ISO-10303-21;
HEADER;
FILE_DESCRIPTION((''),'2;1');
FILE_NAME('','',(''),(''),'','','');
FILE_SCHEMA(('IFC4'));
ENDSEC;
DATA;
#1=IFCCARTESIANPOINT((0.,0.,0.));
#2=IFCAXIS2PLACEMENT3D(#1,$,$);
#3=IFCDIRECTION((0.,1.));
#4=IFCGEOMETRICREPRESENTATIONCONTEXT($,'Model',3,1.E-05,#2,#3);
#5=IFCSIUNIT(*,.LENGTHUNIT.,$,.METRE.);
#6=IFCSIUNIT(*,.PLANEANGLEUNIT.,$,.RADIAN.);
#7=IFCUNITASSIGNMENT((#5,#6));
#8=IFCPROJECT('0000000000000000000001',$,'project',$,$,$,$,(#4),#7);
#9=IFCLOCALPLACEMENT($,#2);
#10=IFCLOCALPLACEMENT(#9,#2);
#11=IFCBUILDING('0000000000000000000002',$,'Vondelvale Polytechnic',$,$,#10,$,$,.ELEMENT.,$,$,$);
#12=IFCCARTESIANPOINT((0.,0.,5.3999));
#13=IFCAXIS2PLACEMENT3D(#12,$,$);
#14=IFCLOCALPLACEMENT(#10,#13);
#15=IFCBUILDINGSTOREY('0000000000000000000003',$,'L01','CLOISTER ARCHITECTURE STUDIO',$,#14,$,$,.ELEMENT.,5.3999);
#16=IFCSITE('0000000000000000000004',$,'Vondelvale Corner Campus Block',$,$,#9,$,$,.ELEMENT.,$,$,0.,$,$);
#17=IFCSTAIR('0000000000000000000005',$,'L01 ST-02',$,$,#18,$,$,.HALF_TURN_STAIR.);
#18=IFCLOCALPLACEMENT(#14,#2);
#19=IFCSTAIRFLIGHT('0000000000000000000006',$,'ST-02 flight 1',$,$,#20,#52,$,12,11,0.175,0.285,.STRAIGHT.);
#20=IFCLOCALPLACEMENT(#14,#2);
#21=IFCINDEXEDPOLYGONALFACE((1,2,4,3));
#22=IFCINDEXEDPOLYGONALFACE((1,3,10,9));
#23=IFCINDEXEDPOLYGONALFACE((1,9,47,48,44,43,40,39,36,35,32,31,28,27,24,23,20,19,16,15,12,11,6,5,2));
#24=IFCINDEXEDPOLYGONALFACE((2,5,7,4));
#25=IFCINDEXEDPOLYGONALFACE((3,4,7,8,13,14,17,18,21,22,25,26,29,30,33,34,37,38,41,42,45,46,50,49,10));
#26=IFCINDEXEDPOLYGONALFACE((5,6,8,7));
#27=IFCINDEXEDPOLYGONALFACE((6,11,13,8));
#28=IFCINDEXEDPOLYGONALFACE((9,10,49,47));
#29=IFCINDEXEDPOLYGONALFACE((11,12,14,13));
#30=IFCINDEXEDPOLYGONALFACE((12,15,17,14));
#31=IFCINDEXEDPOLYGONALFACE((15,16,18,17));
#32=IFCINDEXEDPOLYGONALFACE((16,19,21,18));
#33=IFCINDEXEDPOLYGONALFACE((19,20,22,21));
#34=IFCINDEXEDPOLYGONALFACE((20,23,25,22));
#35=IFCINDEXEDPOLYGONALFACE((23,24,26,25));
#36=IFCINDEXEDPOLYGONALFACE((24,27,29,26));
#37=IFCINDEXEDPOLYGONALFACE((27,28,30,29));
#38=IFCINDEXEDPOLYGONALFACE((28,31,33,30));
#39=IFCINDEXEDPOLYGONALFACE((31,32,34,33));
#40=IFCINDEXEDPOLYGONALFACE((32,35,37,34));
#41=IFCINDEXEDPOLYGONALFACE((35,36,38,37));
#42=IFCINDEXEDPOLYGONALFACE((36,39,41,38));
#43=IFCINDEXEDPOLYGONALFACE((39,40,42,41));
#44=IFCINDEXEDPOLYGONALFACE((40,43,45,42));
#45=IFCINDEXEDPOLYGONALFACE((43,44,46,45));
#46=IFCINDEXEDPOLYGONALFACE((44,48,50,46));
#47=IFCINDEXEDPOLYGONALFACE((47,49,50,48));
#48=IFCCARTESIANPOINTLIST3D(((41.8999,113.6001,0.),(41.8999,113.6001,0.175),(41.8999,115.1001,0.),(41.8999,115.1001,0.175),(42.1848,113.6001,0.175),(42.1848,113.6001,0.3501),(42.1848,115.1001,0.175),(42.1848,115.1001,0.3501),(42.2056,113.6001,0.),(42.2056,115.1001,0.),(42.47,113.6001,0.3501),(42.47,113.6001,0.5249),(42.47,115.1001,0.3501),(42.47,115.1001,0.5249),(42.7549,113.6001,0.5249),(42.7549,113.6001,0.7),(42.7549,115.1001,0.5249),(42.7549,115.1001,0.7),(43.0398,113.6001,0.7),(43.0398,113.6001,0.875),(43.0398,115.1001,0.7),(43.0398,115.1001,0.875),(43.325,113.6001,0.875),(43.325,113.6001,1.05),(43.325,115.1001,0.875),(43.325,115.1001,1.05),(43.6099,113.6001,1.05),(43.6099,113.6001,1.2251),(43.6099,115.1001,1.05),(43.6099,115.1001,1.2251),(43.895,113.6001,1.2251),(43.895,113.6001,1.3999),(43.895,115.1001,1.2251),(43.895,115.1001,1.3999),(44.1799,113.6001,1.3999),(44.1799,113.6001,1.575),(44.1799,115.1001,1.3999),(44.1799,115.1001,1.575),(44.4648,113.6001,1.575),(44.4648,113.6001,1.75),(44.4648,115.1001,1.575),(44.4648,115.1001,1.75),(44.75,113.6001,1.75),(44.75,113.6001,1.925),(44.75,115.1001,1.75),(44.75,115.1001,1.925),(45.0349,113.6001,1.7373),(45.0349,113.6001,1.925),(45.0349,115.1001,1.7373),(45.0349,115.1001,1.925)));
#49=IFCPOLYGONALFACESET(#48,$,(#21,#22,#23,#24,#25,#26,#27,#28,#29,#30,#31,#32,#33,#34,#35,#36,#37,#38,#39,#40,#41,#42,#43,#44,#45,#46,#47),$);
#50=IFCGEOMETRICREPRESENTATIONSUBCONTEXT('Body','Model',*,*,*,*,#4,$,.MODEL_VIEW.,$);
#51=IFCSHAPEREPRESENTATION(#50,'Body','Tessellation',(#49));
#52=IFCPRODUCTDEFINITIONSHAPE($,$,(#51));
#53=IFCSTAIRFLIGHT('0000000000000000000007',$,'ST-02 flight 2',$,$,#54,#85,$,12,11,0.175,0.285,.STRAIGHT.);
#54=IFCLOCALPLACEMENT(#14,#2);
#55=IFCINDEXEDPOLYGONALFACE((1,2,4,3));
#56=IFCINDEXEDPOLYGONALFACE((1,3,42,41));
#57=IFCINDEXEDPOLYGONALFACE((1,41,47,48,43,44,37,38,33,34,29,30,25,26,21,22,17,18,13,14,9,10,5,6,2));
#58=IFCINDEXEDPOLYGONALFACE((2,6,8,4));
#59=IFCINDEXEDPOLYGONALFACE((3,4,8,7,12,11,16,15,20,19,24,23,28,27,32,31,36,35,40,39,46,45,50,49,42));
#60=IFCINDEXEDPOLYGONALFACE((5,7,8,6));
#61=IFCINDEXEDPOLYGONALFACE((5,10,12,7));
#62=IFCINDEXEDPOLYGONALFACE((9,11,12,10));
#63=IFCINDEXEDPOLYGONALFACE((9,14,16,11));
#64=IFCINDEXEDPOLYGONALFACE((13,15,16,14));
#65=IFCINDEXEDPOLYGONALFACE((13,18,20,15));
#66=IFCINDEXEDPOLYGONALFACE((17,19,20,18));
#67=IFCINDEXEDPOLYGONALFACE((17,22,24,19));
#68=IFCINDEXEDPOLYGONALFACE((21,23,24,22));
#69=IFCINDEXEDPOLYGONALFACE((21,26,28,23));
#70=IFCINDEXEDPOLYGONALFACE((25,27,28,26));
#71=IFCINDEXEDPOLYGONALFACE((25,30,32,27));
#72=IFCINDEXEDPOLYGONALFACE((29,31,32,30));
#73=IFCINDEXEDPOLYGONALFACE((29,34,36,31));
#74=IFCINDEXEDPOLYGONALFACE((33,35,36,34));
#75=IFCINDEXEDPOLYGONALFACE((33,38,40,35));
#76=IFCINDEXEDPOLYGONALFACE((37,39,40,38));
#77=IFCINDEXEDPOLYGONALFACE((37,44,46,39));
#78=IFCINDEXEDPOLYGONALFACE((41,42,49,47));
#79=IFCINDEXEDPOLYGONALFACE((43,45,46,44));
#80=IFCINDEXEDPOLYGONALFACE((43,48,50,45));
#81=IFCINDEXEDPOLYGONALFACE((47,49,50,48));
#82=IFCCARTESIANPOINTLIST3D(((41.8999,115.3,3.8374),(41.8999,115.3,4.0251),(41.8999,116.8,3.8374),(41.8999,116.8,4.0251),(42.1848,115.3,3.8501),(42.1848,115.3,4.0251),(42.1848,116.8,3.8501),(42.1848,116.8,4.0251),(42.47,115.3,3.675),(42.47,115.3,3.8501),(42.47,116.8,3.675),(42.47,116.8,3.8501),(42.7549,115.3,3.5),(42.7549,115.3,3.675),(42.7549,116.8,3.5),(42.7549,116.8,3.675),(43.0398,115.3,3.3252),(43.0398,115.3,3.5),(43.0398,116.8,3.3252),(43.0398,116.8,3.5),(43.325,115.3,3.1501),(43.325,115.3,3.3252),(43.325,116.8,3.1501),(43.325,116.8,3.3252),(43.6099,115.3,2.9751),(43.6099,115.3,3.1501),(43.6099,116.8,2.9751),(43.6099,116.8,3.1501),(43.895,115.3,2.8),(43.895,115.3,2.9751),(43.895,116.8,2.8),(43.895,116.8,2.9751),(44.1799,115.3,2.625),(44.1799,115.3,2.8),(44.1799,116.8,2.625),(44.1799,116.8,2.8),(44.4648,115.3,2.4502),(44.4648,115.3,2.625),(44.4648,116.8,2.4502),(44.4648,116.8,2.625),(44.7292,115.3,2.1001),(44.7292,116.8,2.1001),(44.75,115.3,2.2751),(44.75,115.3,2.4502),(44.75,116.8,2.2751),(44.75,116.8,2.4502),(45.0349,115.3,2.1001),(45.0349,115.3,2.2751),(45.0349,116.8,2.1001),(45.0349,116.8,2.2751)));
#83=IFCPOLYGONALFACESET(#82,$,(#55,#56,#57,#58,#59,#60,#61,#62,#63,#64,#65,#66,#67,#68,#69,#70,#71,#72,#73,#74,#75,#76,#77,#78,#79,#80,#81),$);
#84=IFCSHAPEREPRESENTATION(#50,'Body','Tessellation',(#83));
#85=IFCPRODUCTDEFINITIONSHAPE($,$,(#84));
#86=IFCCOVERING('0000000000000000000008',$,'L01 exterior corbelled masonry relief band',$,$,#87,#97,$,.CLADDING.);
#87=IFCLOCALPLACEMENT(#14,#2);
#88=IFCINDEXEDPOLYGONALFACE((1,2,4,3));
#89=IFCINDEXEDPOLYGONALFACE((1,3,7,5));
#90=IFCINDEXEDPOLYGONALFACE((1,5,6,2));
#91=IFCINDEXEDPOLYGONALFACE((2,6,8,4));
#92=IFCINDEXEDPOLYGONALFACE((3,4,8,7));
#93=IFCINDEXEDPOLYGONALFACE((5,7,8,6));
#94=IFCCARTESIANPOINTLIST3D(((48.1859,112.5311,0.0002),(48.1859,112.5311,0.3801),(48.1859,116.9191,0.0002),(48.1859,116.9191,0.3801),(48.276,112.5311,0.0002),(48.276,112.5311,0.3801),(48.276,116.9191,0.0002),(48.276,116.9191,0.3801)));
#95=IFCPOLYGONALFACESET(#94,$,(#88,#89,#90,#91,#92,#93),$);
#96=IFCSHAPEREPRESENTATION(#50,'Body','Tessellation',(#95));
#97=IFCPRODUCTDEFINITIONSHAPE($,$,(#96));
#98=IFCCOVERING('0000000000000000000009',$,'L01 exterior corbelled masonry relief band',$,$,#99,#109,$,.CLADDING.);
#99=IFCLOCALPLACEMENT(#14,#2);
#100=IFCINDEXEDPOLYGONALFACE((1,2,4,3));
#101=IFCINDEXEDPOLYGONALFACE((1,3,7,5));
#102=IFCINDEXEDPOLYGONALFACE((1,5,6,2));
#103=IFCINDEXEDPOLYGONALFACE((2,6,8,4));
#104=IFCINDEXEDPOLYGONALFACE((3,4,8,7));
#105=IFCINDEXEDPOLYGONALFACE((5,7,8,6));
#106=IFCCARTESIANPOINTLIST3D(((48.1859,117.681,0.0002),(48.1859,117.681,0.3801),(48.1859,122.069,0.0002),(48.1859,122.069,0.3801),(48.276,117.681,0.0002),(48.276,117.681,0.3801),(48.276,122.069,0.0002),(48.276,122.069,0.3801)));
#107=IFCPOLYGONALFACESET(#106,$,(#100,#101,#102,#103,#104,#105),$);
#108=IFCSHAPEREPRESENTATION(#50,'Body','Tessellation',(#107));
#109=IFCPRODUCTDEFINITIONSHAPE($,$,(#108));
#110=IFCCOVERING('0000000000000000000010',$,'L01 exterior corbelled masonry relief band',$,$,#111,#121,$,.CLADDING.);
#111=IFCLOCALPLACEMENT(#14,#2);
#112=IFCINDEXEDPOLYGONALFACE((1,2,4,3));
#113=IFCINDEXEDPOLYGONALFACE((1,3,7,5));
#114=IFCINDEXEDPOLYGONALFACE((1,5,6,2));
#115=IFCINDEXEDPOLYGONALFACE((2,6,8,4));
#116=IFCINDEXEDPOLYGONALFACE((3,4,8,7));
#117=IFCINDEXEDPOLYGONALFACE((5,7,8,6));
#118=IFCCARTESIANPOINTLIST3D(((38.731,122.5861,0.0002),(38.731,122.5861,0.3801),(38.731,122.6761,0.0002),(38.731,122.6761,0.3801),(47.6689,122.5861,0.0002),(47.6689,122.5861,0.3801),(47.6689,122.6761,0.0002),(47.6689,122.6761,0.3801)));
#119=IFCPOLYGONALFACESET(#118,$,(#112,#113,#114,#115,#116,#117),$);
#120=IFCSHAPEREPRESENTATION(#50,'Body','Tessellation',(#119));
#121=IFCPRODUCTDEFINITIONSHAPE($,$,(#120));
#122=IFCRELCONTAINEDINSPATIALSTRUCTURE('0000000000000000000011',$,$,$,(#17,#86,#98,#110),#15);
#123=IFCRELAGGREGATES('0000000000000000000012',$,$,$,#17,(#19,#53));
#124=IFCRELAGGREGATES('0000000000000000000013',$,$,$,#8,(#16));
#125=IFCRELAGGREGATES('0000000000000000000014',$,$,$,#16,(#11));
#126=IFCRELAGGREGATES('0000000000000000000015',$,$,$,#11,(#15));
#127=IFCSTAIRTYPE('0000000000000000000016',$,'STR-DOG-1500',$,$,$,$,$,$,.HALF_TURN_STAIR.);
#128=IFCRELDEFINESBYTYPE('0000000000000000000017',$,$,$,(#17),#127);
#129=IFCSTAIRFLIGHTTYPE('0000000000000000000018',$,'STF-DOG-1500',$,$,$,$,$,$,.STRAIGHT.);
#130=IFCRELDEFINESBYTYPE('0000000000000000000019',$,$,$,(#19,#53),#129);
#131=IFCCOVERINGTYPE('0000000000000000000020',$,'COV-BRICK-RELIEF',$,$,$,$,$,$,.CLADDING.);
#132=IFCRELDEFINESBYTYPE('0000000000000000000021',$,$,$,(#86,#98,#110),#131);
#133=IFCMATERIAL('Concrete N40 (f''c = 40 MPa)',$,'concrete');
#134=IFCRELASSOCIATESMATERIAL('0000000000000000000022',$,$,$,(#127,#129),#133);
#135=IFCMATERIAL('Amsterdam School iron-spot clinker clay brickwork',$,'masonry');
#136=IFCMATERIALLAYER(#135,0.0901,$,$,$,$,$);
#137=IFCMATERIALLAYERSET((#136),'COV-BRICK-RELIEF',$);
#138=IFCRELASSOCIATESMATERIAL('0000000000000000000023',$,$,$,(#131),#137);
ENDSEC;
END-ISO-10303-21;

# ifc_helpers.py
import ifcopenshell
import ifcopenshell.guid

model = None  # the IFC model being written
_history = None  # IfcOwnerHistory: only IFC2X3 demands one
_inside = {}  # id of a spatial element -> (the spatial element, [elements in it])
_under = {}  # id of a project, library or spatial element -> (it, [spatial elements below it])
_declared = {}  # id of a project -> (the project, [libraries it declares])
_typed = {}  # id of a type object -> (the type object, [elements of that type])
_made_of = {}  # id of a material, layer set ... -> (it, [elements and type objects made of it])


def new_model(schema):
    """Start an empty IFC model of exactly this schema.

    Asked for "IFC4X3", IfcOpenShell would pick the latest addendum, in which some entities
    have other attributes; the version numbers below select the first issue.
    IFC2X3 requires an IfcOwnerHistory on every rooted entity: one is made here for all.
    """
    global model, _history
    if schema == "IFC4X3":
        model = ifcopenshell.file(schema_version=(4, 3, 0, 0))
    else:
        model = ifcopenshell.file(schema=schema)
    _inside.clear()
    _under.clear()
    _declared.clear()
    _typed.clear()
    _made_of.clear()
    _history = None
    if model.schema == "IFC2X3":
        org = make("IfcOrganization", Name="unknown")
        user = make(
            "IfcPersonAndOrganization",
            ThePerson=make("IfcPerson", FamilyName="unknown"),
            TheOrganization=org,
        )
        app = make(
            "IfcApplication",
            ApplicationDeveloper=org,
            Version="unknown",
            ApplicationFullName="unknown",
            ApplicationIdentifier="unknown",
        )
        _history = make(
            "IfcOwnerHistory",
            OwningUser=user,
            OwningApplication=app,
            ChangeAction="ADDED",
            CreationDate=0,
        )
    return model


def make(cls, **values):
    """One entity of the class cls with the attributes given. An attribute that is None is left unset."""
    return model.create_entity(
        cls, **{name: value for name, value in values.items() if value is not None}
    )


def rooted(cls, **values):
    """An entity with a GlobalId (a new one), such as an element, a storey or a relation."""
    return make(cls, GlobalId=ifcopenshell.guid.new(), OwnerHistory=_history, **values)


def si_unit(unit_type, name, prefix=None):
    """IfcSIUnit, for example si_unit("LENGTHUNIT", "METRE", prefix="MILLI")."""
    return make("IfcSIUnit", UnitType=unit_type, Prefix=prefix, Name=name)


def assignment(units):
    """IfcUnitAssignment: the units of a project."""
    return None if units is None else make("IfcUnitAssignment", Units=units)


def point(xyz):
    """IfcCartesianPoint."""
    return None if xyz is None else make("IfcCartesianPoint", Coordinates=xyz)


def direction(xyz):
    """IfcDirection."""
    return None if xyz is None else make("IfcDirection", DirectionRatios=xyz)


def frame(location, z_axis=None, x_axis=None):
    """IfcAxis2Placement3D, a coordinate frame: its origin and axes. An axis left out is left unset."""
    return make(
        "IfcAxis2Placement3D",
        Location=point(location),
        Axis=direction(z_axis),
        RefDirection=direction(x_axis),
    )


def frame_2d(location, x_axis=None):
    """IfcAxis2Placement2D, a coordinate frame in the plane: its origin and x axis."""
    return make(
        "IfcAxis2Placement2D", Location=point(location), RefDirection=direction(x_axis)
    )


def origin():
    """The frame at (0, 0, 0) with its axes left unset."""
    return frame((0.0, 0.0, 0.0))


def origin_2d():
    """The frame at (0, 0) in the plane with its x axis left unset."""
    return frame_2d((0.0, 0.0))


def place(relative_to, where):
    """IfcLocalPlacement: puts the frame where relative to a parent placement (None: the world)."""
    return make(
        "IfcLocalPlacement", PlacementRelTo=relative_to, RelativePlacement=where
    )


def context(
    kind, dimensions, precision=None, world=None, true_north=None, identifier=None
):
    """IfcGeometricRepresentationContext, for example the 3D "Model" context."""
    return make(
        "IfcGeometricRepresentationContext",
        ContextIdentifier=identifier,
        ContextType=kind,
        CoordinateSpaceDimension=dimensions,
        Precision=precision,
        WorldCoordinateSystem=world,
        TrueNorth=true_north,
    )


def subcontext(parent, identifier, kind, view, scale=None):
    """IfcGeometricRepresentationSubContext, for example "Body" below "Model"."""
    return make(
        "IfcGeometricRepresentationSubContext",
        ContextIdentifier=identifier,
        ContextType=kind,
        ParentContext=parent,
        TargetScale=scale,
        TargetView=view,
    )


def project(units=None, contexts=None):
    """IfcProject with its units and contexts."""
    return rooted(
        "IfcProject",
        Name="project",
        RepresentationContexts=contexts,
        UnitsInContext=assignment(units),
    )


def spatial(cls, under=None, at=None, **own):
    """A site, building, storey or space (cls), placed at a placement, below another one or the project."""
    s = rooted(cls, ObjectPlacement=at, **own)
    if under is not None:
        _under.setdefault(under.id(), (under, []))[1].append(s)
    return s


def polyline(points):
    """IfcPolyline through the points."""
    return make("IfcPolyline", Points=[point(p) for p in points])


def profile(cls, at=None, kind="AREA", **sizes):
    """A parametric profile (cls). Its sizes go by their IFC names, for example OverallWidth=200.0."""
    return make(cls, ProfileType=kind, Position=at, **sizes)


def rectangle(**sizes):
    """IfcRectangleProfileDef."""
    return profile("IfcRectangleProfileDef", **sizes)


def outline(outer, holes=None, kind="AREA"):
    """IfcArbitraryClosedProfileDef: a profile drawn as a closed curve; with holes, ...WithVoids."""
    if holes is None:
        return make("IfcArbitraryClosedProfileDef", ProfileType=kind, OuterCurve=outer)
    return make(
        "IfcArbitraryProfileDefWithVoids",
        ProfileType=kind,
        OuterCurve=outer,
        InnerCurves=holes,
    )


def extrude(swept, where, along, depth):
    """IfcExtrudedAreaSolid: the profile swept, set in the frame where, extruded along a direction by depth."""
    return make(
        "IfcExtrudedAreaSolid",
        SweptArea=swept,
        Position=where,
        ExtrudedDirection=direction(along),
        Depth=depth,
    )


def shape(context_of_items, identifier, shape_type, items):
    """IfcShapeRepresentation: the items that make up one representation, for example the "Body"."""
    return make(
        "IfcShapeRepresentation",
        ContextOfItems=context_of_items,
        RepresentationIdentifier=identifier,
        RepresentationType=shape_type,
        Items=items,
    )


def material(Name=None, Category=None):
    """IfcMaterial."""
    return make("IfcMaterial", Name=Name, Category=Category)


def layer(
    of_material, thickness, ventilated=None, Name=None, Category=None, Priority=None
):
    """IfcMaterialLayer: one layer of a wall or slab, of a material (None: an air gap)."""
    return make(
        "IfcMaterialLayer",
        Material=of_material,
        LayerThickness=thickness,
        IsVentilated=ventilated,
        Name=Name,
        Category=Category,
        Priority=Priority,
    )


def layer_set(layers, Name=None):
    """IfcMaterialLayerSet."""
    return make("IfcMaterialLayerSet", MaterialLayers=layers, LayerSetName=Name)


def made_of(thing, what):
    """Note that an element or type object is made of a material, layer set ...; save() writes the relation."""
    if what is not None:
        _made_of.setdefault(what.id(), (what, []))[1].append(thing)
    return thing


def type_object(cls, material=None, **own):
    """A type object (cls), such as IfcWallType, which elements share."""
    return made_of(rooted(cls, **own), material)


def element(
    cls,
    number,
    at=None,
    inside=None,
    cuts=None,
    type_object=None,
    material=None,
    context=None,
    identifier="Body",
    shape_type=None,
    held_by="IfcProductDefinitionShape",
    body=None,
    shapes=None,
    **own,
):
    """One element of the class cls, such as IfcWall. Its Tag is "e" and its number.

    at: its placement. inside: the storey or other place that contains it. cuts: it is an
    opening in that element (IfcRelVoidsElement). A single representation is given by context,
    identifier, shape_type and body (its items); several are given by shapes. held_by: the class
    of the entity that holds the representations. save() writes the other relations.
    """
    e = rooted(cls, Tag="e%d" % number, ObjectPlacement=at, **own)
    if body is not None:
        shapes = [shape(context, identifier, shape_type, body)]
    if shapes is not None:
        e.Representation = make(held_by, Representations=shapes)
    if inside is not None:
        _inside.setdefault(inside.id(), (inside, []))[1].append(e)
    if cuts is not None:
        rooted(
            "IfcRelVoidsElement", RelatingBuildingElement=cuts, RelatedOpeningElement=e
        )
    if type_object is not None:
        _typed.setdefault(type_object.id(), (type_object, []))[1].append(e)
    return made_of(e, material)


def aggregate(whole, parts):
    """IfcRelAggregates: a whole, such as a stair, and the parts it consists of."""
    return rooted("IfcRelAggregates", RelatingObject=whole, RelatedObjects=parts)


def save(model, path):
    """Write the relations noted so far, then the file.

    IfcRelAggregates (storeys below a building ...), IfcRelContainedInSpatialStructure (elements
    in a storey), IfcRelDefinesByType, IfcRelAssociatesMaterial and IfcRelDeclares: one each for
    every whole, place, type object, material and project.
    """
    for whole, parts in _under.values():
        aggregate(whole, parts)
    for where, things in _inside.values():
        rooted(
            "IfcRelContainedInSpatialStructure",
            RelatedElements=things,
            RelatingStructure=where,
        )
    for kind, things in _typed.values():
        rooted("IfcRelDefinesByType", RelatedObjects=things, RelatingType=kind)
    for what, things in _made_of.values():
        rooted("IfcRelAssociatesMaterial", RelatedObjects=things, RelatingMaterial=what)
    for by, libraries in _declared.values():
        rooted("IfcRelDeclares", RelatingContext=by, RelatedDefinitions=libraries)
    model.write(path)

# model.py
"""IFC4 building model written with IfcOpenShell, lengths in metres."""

from ifc_helpers import new_model, si_unit, direction, frame, origin, origin_2d, place, context, subcontext, project, spatial, polyline, rectangle, outline, extrude, material, layer, layer_set, type_object, element, aggregate, save


model = new_model("IFC4")

# Units and contexts
model_context = context("Model", 3, precision=1e-05, world=origin(), true_north=direction((0.0, 1.0)))
body_context = subcontext(model_context, "Body", "Model", "MODEL_VIEW")
ifc_project = project(units=[si_unit("LENGTHUNIT", "METRE"), si_unit("PLANEANGLEUNIT", "RADIAN")], contexts=[model_context])

# Site, building, storey
site_placement = place(None, origin())
site = spatial("IfcSite", under=ifc_project, at=site_placement, Name="Vondelvale Corner Campus Block", CompositionType="ELEMENT", RefElevation=0.0)
building_placement = place(site_placement, origin())
building = spatial("IfcBuilding", under=site, at=building_placement, Name="Vondelvale Polytechnic", CompositionType="ELEMENT")
storey_placement = place(building_placement, frame((0.0, 0.0, 5.3999)))
storey = spatial("IfcBuildingStorey", under=building, at=storey_placement, Name="L01", Description="CLOISTER ARCHITECTURE STUDIO", CompositionType="ELEMENT", Elevation=5.3999)

# Shared definitions
ifc_material_1 = material(Name="Concrete N40 (f'c = 40 MPa)", Category="concrete")

# Shared definitions
ifc_material_2 = material(Name="Amsterdam School iron-spot clinker clay brickwork", Category="masonry")

# Stair, stair flights
stair_type = type_object("IfcStairType", Name="STR-DOG-1500", PredefinedType="HALF_TURN_STAIR", material=ifc_material_1)
stair_placement = place(storey_placement, origin())
stair = element("IfcStair", 1, at=stair_placement, inside=storey, type_object=stair_type, Name="L01 ST-02", PredefinedType="HALF_TURN_STAIR")
stair_flight_type = type_object("IfcStairFlightType", Name="STF-DOG-1500", PredefinedType="STRAIGHT", material=ifc_material_1)
stair_flight_1_placement = place(storey_placement, frame((41.8999, 114.3501, 0.0), z_axis=(0.0, 0.0, 1.0), x_axis=(1.0, 0.0, 0.0)))
stair_flight_1 = element("IfcStairFlight", 2, at=stair_flight_1_placement, type_object=stair_flight_type, Name="ST-02 flight 1", NumberOfRisers=12, NumberOfTreads=11, PredefinedType="STRAIGHT", RiserHeight=0.175, TreadLength=0.285, context=body_context, shape_type="SweptSolid", body=[
    extrude(outline(polyline([(0.0, 0.0), (0.0, 0.175), (0.2849, 0.175), (0.2849, 0.3501), (0.5701, 0.3501), (0.5701, 0.5249), (0.855, 0.5249), (0.855, 0.7), (1.1399, 0.7), (1.1399, 0.875), (1.425, 0.875), (1.425, 1.05), (1.71, 1.05), (1.71, 1.2251), (1.9951, 1.2251), (1.9951, 1.3999), (2.28, 1.3999), (2.28, 1.575), (2.5649, 1.575), (2.5649, 1.75), (2.8501, 1.75), (2.8501, 1.925), (3.135, 1.925), (3.135, 2.1001), (3.135, 1.7373), (0.3057, 0.0), (0.0, 0.0)])), frame((0.0, 0.75, 0.0), z_axis=(0.0, -1.0, 0.0), x_axis=(1.0, 0.0, 0.0)), (0.0, 0.0, 1.0), 1.5),
])
stair_flight_2_placement = place(storey_placement, frame((45.0349, 116.05, 2.1001), z_axis=(0.0, 0.0, 1.0), x_axis=(-1.0, 0.0, 0.0)))
stair_flight_2 = element("IfcStairFlight", 3, at=stair_flight_2_placement, type_object=stair_flight_type, Name="ST-02 flight 2", NumberOfRisers=12, NumberOfTreads=11, PredefinedType="STRAIGHT", RiserHeight=0.175, TreadLength=0.285, context=body_context, shape_type="SweptSolid", body=[
    extrude(outline(polyline([(0.0, 0.0), (0.0, 0.175), (0.2849, 0.175), (0.2849, 0.3501), (0.5701, 0.3501), (0.5701, 0.5249), (0.855, 0.5249), (0.855, 0.7), (1.1399, 0.7), (1.1399, 0.875), (1.425, 0.875), (1.425, 1.05), (1.71, 1.05), (1.71, 1.2251), (1.9951, 1.2251), (1.9951, 1.3999), (2.28, 1.3999), (2.28, 1.575), (2.5649, 1.575), (2.5649, 1.75), (2.8501, 1.75), (2.8501, 1.925), (3.135, 1.925), (3.135, 2.1001), (3.135, 1.7373), (0.3057, 0.0), (0.0, 0.0)])), frame((0.0, 0.75, 0.0), z_axis=(0.0, -1.0, 0.0), x_axis=(1.0, 0.0, 0.0)), (0.0, 0.0, 1.0), 1.5),
])
aggregate(stair, [stair_flight_1, stair_flight_2])

# Coverings
ifc_layer_1 = layer(ifc_material_2, 0.0901)
ifc_layer_set_1 = layer_set([ifc_layer_1], Name="COV-BRICK-RELIEF")
covering_type = type_object("IfcCoveringType", Name="COV-BRICK-RELIEF", PredefinedType="CLADDING", material=ifc_layer_set_1)
for number, where, z_axis, x_axis, name in (
    (4, (48.231, 114.7251, 0.0002), (0.0, 0.0, 1.0), (0.0, -1.0, 0.0), "L01 exterior corbelled masonry relief band"),
    (5, (48.231, 119.875, 0.0002), (0.0, 0.0, 1.0), (0.0, -1.0, 0.0), "L01 exterior corbelled masonry relief band"),
):
    element("IfcCovering", number, at=place(storey_placement, frame(where, z_axis=z_axis, x_axis=x_axis)), inside=storey, type_object=covering_type, Name=name, PredefinedType="CLADDING", context=body_context, shape_type="SweptSolid", body=[
        extrude(rectangle(XDim=4.3879, YDim=0.0901, at=origin_2d()), origin(), (0.0, 0.0, 1.0), 0.3799),
    ])
covering_placement = place(storey_placement, frame((43.2, 122.6311, 0.0002), z_axis=(0.0, 0.0, 1.0), x_axis=(1.0, 0.0, 0.0)))
element("IfcCovering", 6, at=covering_placement, inside=storey, type_object=covering_type, Name="L01 exterior corbelled masonry relief band", PredefinedType="CLADDING", context=body_context, shape_type="SweptSolid", body=[
    extrude(rectangle(XDim=8.938, YDim=0.0901, at=origin_2d()), origin(), (0.0, 0.0, 1.0), 0.3799),
])

save(model, "model.ifc")
